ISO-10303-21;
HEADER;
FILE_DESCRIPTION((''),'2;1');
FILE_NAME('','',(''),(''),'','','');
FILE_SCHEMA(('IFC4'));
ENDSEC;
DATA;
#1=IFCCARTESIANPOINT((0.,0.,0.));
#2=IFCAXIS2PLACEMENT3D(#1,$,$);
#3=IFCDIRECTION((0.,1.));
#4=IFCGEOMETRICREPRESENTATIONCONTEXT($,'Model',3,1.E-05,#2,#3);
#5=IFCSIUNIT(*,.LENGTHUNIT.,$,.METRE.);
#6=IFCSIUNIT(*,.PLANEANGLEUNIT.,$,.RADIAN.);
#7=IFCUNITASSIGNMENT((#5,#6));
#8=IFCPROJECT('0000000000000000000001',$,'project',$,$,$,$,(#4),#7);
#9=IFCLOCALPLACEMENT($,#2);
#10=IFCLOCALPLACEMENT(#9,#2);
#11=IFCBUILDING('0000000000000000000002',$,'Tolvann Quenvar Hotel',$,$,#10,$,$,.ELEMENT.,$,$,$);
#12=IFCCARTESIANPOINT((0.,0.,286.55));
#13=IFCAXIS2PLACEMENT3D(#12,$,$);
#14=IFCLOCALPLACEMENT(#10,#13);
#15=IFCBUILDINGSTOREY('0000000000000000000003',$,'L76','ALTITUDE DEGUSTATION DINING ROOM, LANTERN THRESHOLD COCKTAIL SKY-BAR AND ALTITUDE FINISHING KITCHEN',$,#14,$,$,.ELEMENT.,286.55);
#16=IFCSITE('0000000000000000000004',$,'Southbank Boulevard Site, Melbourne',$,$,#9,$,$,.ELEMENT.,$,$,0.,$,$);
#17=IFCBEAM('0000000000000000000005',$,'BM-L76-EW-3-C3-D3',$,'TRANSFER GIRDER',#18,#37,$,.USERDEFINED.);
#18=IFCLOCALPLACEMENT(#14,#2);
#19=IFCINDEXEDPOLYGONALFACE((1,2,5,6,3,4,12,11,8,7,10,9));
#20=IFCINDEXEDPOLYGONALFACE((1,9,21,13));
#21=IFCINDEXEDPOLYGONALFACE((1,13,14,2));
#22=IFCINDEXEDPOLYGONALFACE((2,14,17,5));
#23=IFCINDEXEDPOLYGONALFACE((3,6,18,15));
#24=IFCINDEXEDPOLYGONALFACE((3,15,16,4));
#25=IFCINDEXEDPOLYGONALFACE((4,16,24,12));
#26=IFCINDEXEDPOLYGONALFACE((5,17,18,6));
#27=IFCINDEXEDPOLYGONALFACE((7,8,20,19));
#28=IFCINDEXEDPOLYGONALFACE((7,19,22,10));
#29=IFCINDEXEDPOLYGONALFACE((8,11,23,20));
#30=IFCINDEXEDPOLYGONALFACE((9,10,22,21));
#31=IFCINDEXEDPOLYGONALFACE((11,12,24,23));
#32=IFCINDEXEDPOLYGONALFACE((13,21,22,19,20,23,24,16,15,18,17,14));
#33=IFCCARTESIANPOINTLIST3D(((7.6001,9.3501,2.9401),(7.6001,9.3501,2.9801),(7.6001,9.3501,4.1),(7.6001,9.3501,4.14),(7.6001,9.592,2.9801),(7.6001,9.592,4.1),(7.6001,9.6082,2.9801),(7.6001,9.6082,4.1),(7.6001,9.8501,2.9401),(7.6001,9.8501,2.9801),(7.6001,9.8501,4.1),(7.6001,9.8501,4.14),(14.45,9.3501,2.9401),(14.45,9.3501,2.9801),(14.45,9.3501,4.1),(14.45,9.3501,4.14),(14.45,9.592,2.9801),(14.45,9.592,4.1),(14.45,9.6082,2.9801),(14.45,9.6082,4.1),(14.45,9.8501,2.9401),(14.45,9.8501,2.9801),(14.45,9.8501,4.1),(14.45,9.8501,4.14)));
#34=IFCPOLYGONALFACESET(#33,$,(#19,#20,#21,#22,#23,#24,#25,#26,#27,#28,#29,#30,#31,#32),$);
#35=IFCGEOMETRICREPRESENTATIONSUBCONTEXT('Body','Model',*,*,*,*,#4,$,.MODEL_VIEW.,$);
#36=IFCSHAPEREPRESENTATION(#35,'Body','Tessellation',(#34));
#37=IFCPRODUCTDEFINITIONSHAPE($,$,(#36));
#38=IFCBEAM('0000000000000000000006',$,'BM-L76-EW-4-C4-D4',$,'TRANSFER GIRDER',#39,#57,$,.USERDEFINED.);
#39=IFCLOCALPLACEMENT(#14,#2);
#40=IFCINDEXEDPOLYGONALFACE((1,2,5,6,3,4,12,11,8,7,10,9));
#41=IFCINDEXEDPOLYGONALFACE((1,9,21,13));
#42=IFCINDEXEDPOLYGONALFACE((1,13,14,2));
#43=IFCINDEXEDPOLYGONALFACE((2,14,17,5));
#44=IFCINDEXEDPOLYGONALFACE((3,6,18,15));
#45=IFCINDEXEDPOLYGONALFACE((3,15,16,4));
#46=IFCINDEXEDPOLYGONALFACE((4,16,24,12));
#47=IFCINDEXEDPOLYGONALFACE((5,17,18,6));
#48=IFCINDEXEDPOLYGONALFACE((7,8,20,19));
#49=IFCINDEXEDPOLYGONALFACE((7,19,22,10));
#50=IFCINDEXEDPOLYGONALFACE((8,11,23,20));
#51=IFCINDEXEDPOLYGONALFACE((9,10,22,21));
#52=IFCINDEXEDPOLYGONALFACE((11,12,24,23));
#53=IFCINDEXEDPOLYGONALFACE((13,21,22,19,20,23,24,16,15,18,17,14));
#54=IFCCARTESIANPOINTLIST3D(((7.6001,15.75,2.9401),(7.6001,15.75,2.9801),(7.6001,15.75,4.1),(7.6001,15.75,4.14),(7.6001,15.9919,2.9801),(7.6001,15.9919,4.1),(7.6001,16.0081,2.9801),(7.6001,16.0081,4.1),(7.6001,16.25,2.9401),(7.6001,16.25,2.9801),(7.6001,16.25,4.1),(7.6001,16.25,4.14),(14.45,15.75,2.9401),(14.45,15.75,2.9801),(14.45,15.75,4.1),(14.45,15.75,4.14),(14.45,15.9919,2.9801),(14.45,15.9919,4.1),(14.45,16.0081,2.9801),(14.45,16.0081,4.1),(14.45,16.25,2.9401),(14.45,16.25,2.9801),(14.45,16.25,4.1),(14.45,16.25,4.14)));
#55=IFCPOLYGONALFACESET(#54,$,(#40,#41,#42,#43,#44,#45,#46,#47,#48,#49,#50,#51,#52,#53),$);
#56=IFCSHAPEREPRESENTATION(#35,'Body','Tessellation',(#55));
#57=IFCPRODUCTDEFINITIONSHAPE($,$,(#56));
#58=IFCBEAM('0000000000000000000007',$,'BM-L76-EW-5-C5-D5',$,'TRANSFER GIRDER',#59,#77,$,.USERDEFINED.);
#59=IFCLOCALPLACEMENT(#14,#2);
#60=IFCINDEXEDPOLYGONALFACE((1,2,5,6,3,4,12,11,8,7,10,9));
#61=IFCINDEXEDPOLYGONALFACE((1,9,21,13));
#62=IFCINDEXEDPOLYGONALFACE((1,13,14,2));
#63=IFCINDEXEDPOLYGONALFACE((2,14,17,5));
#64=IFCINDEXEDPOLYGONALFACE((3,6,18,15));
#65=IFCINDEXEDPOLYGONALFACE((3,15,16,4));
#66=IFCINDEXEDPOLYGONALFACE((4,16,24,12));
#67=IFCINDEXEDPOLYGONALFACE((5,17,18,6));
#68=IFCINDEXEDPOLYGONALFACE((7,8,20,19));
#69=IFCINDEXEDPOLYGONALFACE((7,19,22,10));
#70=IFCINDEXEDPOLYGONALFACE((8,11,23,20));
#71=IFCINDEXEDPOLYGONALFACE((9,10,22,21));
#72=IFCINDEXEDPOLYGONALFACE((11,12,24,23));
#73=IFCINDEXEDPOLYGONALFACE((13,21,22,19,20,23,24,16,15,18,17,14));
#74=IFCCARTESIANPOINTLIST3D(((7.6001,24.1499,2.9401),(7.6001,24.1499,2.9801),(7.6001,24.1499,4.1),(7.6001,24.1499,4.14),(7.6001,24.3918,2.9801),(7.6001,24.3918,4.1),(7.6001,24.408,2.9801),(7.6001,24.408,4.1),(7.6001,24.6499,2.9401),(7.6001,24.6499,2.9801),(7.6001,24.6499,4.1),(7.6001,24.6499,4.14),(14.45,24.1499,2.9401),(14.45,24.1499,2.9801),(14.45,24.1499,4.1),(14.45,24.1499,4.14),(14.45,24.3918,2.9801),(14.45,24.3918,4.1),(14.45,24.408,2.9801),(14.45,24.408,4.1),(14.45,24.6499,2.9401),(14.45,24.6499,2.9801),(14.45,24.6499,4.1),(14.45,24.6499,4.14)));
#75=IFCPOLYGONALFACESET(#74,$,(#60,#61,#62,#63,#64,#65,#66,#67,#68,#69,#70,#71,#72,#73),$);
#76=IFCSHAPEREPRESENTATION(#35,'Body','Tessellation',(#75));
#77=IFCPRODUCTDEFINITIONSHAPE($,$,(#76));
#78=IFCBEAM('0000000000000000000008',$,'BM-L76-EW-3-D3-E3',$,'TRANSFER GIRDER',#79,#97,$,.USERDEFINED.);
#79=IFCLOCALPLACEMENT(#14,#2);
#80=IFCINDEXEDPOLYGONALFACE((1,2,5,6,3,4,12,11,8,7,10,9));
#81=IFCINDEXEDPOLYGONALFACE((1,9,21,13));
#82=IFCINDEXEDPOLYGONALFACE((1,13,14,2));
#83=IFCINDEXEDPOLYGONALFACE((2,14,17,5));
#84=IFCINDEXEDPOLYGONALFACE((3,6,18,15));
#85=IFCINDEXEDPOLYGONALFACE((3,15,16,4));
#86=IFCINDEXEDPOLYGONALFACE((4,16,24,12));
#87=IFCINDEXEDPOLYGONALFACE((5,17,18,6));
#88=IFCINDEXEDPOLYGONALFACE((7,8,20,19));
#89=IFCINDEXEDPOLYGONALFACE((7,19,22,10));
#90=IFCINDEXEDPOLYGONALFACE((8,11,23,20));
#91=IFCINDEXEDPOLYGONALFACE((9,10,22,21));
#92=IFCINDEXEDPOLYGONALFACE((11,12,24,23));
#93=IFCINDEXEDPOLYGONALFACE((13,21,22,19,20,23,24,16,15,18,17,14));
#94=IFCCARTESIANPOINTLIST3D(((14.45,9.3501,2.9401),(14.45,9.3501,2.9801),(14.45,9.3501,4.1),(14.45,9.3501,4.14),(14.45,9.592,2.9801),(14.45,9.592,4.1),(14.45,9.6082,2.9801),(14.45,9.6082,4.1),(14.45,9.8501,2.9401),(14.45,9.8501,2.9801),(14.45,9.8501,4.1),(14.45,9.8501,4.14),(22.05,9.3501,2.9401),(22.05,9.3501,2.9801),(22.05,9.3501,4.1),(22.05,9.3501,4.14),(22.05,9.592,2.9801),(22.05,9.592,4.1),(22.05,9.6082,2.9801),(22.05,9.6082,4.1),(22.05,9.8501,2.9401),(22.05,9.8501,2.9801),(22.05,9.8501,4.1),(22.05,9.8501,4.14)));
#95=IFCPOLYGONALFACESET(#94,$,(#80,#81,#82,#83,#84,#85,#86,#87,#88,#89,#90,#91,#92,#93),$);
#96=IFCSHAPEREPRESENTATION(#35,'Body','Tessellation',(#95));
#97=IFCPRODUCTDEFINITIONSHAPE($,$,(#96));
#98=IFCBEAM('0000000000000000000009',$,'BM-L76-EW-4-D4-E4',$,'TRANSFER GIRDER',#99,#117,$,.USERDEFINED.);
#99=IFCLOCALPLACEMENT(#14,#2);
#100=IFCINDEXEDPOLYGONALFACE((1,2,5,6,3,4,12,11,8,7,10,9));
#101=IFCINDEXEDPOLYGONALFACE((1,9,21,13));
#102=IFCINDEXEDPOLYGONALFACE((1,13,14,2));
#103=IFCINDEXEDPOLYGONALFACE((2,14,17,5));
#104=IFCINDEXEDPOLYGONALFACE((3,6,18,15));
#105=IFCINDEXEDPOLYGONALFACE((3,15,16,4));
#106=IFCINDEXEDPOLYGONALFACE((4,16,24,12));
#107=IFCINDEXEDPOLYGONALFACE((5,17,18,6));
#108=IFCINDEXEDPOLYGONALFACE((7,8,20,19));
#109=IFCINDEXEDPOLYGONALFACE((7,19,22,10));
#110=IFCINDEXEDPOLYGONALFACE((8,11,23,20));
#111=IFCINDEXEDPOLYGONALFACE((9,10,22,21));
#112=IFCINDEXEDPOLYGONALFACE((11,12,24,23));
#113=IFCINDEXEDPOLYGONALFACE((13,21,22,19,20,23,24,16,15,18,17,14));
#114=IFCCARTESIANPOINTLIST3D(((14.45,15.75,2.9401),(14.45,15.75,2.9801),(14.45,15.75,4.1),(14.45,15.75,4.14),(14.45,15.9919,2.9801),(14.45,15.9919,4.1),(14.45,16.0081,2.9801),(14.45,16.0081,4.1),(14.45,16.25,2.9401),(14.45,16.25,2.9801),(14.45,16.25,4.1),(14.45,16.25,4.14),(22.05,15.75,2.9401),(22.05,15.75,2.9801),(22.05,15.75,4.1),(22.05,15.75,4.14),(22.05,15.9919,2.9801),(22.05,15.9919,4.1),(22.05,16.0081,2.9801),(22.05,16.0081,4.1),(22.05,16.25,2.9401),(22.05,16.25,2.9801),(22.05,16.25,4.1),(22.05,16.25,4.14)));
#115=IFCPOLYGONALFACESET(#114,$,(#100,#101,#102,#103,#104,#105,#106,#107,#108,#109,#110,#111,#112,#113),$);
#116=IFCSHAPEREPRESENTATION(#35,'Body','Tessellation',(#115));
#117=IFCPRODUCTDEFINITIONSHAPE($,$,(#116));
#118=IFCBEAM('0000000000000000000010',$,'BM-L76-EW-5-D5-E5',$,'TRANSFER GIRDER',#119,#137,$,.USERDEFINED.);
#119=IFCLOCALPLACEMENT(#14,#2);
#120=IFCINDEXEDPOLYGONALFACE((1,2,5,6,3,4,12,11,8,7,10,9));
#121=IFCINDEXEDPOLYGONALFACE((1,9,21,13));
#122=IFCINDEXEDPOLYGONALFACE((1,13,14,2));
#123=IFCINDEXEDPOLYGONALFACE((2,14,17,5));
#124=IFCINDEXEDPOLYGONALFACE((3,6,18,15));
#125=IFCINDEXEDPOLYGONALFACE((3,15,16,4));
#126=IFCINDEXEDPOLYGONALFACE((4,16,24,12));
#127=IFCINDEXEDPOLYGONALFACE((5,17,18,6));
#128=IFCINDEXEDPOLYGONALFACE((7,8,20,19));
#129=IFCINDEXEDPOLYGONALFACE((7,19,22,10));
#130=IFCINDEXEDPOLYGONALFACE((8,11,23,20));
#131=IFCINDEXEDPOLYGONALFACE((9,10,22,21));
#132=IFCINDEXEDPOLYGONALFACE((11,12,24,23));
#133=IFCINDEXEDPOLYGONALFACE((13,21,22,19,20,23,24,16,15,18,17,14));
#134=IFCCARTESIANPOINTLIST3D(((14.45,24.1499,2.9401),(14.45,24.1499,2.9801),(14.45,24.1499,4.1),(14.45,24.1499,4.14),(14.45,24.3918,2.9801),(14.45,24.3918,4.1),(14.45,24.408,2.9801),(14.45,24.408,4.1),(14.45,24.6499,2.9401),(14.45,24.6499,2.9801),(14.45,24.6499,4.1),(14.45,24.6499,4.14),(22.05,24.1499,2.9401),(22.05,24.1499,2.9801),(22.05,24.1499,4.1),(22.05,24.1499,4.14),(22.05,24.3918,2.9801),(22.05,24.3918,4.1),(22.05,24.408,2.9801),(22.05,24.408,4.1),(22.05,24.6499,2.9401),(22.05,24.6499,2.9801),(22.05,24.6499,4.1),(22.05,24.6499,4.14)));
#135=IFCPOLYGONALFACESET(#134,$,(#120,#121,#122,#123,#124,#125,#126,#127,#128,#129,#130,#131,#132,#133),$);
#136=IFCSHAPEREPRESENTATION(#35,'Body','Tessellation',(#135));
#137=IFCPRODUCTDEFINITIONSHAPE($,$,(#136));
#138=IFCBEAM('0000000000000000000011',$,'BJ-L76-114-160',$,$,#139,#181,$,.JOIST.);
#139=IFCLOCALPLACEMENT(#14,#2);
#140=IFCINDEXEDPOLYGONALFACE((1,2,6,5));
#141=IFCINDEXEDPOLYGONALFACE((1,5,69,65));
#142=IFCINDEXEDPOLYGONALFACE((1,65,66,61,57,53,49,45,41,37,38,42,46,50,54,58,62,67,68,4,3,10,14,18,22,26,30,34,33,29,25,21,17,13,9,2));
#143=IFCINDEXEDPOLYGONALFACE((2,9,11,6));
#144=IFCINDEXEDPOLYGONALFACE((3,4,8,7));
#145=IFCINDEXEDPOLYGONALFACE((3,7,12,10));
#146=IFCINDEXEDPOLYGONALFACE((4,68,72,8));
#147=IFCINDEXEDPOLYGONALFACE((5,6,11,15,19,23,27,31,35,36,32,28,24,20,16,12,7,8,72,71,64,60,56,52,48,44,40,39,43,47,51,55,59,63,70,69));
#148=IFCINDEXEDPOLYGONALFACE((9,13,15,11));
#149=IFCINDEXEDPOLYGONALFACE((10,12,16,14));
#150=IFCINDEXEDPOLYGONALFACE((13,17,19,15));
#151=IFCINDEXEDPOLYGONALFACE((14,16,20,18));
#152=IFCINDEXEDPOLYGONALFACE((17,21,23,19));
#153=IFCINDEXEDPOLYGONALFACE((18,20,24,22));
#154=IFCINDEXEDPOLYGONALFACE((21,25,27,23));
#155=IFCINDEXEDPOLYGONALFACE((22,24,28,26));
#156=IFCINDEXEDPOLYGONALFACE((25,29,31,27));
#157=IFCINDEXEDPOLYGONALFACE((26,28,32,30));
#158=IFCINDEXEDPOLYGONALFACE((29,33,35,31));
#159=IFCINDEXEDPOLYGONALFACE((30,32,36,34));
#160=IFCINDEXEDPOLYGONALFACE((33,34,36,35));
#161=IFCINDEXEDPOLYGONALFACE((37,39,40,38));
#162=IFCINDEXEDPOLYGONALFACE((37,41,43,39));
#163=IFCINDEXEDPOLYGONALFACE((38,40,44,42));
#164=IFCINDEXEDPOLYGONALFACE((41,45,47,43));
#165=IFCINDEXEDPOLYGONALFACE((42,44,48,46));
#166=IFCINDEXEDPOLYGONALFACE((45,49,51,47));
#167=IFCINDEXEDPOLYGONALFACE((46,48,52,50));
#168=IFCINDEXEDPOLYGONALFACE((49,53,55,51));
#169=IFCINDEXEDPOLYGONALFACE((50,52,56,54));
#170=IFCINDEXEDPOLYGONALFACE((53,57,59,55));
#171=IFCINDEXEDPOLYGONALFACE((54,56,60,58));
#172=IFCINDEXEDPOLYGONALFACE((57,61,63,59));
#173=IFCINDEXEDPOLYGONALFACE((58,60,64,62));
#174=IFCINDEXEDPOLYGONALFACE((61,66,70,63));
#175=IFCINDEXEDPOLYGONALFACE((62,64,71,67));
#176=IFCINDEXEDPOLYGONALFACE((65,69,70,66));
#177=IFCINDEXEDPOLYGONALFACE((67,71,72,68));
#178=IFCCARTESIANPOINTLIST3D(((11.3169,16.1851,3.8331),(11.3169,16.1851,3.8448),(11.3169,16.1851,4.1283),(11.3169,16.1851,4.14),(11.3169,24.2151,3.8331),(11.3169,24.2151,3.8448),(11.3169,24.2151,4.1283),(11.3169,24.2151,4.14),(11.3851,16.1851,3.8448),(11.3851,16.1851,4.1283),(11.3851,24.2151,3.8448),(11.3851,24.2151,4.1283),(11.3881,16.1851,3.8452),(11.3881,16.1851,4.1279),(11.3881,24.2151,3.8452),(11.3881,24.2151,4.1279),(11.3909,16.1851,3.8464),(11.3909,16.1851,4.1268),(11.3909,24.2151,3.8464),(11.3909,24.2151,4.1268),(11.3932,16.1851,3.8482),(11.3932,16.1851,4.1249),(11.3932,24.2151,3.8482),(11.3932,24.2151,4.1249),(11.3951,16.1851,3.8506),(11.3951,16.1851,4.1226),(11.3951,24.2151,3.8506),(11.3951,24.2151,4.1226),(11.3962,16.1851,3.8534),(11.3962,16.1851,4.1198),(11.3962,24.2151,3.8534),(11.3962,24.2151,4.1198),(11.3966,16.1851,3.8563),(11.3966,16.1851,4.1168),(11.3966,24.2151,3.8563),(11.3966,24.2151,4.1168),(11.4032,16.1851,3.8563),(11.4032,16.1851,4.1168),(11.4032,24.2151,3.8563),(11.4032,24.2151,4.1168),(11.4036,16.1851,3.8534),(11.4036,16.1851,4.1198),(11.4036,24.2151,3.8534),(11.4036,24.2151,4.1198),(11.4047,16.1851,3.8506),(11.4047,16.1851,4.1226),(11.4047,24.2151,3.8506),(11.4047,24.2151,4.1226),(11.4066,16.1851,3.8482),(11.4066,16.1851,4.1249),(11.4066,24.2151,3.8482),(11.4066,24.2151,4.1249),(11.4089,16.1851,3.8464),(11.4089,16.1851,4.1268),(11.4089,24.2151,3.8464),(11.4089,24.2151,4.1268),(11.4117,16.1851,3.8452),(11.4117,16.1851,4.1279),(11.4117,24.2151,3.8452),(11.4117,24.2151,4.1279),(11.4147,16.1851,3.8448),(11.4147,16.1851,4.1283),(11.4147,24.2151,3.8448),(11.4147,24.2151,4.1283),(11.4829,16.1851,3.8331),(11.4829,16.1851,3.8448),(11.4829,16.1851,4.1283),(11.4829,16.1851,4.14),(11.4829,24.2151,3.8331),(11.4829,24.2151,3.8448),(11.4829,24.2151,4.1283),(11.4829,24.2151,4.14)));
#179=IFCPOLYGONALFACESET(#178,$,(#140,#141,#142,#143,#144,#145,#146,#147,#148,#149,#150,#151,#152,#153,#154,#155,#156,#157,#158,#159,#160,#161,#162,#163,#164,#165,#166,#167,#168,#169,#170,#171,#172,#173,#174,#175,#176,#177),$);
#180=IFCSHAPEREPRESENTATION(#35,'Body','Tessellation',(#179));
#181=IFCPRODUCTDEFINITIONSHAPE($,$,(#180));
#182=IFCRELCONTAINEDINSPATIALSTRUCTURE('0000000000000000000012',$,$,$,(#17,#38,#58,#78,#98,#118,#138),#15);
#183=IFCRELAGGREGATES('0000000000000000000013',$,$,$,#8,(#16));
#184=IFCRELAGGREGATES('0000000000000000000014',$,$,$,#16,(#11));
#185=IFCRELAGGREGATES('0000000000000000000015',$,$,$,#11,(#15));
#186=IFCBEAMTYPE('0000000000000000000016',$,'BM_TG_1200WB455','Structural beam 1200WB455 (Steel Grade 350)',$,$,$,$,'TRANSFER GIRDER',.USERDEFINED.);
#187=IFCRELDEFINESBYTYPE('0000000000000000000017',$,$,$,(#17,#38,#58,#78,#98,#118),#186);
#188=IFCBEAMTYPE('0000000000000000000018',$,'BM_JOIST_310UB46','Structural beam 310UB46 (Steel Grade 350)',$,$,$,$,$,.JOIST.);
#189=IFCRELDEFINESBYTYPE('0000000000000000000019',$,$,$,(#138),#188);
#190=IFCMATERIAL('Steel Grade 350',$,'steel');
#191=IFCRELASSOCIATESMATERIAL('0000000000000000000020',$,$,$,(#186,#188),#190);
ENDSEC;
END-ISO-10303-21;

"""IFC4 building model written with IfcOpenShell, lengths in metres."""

from ifc_helpers import new_model, si_unit, direction, frame, origin, origin_2d, place, context, subcontext, project, spatial, i_section, extrude, source, transform, mapped, material, material_profile, profile_set, type_object, element, save


model = new_model("IFC4")

# Units and contexts
model_context = context("Model", 3, precision=1e-05, world=origin(), true_north=direction((0.0, 1.0)))
body_context = subcontext(model_context, "Body", "Model", "MODEL_VIEW")
ifc_project = project(units=[si_unit("LENGTHUNIT", "METRE"), si_unit("PLANEANGLEUNIT", "RADIAN")], contexts=[model_context])

# Site, building, storey
site_placement = place(None, origin())
site = spatial("IfcSite", under=ifc_project, at=site_placement, Name="Southbank Boulevard Site, Melbourne", CompositionType="ELEMENT", RefElevation=0.0)
building_placement = place(site_placement, origin())
building = spatial("IfcBuilding", under=site, at=building_placement, Name="Tolvann Quenvar Hotel", CompositionType="ELEMENT")
storey_placement = place(building_placement, frame((0.0, 0.0, 286.55)))
storey = spatial("IfcBuildingStorey", under=building, at=storey_placement, Name="L76", Description="ALTITUDE DEGUSTATION DINING ROOM, LANTERN THRESHOLD COCKTAIL SKY-BAR AND ALTITUDE FINISHING KITCHEN", CompositionType="ELEMENT", Elevation=286.55)

# Shared definitions
ifc_material_1 = material(Name="Steel Grade 350", Category="steel")

# Beams
ifc_material_profile_1 = material_profile(ifc_material_1, i_section(OverallWidth=0.5, OverallDepth=1.2, WebThickness=0.0161, FlangeThickness=0.04, at=origin_2d()), Name="1200WB455")
ifc_profile_set_1 = profile_set([ifc_material_profile_1], Name="Steel Grade 350")
beam_type_1 = type_object("IfcBeamType", Name="BM_TG_1200WB455", Description="Structural beam 1200WB455 (Steel Grade 350)", ElementType="TRANSFER GIRDER", PredefinedType="USERDEFINED", material=ifc_profile_set_1)
shared_shape_1 = source(origin(), body_context, "Body", "SweptSolid", [
    extrude(i_section(OverallWidth=0.5, OverallDepth=1.2, WebThickness=0.0161, FlangeThickness=0.04, at=origin_2d()), origin(), (0.0, 0.0, 1.0), 6.8499),
])
for number, where, z_axis, x_axis, name in (
    (1, (7.6001, 9.6001, 3.54), (1.0, 0.0, 0.0), (0.0, 1.0, 0.0), "BM-L76-EW-3-C3-D3"),
    (2, (7.6001, 16.0, 3.54), (1.0, 0.0, 0.0), (0.0, 1.0, 0.0), "BM-L76-EW-4-C4-D4"),
    (3, (7.6001, 24.3999, 3.54), (1.0, 0.0, 0.0), (0.0, 1.0, 0.0), "BM-L76-EW-5-C5-D5"),
):
    element("IfcBeam", number, at=place(storey_placement, frame(where, z_axis=z_axis, x_axis=x_axis)), inside=storey, type_object=beam_type_1, Name=name, ObjectType="TRANSFER GIRDER", PredefinedType="USERDEFINED", context=body_context, shape_type="MappedRepresentation", body=[
        mapped(shared_shape_1, transform((0.0, 0.0, 0.0), x_axis=(1.0, 0.0, 0.0), y_axis=(0.0, 1.0, 0.0), z_axis=(0.0, 0.0, 1.0), scale=1.0)),
    ])
shared_shape_2 = source(origin(), body_context, "Body", "SweptSolid", [
    extrude(i_section(OverallWidth=0.5, OverallDepth=1.2, WebThickness=0.0161, FlangeThickness=0.04, at=origin_2d()), origin(), (0.0, 0.0, 1.0), 7.6001),
])
for number, where, z_axis, x_axis, name in (
    (4, (14.45, 9.6001, 3.54), (1.0, 0.0, 0.0), (0.0, 1.0, 0.0), "BM-L76-EW-3-D3-E3"),
    (5, (14.45, 16.0, 3.54), (1.0, 0.0, 0.0), (0.0, 1.0, 0.0), "BM-L76-EW-4-D4-E4"),
    (6, (14.45, 24.3999, 3.54), (1.0, 0.0, 0.0), (0.0, 1.0, 0.0), "BM-L76-EW-5-D5-E5"),
):
    element("IfcBeam", number, at=place(storey_placement, frame(where, z_axis=z_axis, x_axis=x_axis)), inside=storey, type_object=beam_type_1, Name=name, ObjectType="TRANSFER GIRDER", PredefinedType="USERDEFINED", context=body_context, shape_type="MappedRepresentation", body=[
        mapped(shared_shape_2, transform((0.0, 0.0, 0.0), x_axis=(1.0, 0.0, 0.0), y_axis=(0.0, 1.0, 0.0), z_axis=(0.0, 0.0, 1.0), scale=1.0)),
    ])
ifc_material_profile_2 = material_profile(ifc_material_1, i_section(OverallWidth=0.166, OverallDepth=0.3069, WebThickness=0.0066, FlangeThickness=0.0117, FilletRadius=0.0115, at=origin_2d()), Name="310UB46")
ifc_profile_set_2 = profile_set([ifc_material_profile_2], Name="Steel Grade 350")
beam_type_2 = type_object("IfcBeamType", Name="BM_JOIST_310UB46", Description="Structural beam 310UB46 (Steel Grade 350)", PredefinedType="JOIST", material=ifc_profile_set_2)
shared_shape_3 = source(origin(), body_context, "Body", "SweptSolid", [
    extrude(i_section(OverallWidth=0.166, OverallDepth=0.3069, WebThickness=0.0066, FlangeThickness=0.0117, FilletRadius=0.0115, at=origin_2d()), origin(), (0.0, 0.0, 1.0), 8.03),
])
beam_1_placement = place(storey_placement, frame((11.3999, 16.1851, 3.9866), z_axis=(0.0, 1.0, 0.0), x_axis=(-1.0, 0.0, 0.0)))
element("IfcBeam", 7, at=beam_1_placement, inside=storey, type_object=beam_type_2, Name="BJ-L76-114-160", PredefinedType="JOIST", context=body_context, shape_type="MappedRepresentation", body=[
    mapped(shared_shape_3, transform((0.0, 0.0, 0.0), x_axis=(1.0, 0.0, 0.0), y_axis=(0.0, 1.0, 0.0), z_axis=(0.0, 0.0, 1.0), scale=1.0)),
])

save(model, "model.ifc")
